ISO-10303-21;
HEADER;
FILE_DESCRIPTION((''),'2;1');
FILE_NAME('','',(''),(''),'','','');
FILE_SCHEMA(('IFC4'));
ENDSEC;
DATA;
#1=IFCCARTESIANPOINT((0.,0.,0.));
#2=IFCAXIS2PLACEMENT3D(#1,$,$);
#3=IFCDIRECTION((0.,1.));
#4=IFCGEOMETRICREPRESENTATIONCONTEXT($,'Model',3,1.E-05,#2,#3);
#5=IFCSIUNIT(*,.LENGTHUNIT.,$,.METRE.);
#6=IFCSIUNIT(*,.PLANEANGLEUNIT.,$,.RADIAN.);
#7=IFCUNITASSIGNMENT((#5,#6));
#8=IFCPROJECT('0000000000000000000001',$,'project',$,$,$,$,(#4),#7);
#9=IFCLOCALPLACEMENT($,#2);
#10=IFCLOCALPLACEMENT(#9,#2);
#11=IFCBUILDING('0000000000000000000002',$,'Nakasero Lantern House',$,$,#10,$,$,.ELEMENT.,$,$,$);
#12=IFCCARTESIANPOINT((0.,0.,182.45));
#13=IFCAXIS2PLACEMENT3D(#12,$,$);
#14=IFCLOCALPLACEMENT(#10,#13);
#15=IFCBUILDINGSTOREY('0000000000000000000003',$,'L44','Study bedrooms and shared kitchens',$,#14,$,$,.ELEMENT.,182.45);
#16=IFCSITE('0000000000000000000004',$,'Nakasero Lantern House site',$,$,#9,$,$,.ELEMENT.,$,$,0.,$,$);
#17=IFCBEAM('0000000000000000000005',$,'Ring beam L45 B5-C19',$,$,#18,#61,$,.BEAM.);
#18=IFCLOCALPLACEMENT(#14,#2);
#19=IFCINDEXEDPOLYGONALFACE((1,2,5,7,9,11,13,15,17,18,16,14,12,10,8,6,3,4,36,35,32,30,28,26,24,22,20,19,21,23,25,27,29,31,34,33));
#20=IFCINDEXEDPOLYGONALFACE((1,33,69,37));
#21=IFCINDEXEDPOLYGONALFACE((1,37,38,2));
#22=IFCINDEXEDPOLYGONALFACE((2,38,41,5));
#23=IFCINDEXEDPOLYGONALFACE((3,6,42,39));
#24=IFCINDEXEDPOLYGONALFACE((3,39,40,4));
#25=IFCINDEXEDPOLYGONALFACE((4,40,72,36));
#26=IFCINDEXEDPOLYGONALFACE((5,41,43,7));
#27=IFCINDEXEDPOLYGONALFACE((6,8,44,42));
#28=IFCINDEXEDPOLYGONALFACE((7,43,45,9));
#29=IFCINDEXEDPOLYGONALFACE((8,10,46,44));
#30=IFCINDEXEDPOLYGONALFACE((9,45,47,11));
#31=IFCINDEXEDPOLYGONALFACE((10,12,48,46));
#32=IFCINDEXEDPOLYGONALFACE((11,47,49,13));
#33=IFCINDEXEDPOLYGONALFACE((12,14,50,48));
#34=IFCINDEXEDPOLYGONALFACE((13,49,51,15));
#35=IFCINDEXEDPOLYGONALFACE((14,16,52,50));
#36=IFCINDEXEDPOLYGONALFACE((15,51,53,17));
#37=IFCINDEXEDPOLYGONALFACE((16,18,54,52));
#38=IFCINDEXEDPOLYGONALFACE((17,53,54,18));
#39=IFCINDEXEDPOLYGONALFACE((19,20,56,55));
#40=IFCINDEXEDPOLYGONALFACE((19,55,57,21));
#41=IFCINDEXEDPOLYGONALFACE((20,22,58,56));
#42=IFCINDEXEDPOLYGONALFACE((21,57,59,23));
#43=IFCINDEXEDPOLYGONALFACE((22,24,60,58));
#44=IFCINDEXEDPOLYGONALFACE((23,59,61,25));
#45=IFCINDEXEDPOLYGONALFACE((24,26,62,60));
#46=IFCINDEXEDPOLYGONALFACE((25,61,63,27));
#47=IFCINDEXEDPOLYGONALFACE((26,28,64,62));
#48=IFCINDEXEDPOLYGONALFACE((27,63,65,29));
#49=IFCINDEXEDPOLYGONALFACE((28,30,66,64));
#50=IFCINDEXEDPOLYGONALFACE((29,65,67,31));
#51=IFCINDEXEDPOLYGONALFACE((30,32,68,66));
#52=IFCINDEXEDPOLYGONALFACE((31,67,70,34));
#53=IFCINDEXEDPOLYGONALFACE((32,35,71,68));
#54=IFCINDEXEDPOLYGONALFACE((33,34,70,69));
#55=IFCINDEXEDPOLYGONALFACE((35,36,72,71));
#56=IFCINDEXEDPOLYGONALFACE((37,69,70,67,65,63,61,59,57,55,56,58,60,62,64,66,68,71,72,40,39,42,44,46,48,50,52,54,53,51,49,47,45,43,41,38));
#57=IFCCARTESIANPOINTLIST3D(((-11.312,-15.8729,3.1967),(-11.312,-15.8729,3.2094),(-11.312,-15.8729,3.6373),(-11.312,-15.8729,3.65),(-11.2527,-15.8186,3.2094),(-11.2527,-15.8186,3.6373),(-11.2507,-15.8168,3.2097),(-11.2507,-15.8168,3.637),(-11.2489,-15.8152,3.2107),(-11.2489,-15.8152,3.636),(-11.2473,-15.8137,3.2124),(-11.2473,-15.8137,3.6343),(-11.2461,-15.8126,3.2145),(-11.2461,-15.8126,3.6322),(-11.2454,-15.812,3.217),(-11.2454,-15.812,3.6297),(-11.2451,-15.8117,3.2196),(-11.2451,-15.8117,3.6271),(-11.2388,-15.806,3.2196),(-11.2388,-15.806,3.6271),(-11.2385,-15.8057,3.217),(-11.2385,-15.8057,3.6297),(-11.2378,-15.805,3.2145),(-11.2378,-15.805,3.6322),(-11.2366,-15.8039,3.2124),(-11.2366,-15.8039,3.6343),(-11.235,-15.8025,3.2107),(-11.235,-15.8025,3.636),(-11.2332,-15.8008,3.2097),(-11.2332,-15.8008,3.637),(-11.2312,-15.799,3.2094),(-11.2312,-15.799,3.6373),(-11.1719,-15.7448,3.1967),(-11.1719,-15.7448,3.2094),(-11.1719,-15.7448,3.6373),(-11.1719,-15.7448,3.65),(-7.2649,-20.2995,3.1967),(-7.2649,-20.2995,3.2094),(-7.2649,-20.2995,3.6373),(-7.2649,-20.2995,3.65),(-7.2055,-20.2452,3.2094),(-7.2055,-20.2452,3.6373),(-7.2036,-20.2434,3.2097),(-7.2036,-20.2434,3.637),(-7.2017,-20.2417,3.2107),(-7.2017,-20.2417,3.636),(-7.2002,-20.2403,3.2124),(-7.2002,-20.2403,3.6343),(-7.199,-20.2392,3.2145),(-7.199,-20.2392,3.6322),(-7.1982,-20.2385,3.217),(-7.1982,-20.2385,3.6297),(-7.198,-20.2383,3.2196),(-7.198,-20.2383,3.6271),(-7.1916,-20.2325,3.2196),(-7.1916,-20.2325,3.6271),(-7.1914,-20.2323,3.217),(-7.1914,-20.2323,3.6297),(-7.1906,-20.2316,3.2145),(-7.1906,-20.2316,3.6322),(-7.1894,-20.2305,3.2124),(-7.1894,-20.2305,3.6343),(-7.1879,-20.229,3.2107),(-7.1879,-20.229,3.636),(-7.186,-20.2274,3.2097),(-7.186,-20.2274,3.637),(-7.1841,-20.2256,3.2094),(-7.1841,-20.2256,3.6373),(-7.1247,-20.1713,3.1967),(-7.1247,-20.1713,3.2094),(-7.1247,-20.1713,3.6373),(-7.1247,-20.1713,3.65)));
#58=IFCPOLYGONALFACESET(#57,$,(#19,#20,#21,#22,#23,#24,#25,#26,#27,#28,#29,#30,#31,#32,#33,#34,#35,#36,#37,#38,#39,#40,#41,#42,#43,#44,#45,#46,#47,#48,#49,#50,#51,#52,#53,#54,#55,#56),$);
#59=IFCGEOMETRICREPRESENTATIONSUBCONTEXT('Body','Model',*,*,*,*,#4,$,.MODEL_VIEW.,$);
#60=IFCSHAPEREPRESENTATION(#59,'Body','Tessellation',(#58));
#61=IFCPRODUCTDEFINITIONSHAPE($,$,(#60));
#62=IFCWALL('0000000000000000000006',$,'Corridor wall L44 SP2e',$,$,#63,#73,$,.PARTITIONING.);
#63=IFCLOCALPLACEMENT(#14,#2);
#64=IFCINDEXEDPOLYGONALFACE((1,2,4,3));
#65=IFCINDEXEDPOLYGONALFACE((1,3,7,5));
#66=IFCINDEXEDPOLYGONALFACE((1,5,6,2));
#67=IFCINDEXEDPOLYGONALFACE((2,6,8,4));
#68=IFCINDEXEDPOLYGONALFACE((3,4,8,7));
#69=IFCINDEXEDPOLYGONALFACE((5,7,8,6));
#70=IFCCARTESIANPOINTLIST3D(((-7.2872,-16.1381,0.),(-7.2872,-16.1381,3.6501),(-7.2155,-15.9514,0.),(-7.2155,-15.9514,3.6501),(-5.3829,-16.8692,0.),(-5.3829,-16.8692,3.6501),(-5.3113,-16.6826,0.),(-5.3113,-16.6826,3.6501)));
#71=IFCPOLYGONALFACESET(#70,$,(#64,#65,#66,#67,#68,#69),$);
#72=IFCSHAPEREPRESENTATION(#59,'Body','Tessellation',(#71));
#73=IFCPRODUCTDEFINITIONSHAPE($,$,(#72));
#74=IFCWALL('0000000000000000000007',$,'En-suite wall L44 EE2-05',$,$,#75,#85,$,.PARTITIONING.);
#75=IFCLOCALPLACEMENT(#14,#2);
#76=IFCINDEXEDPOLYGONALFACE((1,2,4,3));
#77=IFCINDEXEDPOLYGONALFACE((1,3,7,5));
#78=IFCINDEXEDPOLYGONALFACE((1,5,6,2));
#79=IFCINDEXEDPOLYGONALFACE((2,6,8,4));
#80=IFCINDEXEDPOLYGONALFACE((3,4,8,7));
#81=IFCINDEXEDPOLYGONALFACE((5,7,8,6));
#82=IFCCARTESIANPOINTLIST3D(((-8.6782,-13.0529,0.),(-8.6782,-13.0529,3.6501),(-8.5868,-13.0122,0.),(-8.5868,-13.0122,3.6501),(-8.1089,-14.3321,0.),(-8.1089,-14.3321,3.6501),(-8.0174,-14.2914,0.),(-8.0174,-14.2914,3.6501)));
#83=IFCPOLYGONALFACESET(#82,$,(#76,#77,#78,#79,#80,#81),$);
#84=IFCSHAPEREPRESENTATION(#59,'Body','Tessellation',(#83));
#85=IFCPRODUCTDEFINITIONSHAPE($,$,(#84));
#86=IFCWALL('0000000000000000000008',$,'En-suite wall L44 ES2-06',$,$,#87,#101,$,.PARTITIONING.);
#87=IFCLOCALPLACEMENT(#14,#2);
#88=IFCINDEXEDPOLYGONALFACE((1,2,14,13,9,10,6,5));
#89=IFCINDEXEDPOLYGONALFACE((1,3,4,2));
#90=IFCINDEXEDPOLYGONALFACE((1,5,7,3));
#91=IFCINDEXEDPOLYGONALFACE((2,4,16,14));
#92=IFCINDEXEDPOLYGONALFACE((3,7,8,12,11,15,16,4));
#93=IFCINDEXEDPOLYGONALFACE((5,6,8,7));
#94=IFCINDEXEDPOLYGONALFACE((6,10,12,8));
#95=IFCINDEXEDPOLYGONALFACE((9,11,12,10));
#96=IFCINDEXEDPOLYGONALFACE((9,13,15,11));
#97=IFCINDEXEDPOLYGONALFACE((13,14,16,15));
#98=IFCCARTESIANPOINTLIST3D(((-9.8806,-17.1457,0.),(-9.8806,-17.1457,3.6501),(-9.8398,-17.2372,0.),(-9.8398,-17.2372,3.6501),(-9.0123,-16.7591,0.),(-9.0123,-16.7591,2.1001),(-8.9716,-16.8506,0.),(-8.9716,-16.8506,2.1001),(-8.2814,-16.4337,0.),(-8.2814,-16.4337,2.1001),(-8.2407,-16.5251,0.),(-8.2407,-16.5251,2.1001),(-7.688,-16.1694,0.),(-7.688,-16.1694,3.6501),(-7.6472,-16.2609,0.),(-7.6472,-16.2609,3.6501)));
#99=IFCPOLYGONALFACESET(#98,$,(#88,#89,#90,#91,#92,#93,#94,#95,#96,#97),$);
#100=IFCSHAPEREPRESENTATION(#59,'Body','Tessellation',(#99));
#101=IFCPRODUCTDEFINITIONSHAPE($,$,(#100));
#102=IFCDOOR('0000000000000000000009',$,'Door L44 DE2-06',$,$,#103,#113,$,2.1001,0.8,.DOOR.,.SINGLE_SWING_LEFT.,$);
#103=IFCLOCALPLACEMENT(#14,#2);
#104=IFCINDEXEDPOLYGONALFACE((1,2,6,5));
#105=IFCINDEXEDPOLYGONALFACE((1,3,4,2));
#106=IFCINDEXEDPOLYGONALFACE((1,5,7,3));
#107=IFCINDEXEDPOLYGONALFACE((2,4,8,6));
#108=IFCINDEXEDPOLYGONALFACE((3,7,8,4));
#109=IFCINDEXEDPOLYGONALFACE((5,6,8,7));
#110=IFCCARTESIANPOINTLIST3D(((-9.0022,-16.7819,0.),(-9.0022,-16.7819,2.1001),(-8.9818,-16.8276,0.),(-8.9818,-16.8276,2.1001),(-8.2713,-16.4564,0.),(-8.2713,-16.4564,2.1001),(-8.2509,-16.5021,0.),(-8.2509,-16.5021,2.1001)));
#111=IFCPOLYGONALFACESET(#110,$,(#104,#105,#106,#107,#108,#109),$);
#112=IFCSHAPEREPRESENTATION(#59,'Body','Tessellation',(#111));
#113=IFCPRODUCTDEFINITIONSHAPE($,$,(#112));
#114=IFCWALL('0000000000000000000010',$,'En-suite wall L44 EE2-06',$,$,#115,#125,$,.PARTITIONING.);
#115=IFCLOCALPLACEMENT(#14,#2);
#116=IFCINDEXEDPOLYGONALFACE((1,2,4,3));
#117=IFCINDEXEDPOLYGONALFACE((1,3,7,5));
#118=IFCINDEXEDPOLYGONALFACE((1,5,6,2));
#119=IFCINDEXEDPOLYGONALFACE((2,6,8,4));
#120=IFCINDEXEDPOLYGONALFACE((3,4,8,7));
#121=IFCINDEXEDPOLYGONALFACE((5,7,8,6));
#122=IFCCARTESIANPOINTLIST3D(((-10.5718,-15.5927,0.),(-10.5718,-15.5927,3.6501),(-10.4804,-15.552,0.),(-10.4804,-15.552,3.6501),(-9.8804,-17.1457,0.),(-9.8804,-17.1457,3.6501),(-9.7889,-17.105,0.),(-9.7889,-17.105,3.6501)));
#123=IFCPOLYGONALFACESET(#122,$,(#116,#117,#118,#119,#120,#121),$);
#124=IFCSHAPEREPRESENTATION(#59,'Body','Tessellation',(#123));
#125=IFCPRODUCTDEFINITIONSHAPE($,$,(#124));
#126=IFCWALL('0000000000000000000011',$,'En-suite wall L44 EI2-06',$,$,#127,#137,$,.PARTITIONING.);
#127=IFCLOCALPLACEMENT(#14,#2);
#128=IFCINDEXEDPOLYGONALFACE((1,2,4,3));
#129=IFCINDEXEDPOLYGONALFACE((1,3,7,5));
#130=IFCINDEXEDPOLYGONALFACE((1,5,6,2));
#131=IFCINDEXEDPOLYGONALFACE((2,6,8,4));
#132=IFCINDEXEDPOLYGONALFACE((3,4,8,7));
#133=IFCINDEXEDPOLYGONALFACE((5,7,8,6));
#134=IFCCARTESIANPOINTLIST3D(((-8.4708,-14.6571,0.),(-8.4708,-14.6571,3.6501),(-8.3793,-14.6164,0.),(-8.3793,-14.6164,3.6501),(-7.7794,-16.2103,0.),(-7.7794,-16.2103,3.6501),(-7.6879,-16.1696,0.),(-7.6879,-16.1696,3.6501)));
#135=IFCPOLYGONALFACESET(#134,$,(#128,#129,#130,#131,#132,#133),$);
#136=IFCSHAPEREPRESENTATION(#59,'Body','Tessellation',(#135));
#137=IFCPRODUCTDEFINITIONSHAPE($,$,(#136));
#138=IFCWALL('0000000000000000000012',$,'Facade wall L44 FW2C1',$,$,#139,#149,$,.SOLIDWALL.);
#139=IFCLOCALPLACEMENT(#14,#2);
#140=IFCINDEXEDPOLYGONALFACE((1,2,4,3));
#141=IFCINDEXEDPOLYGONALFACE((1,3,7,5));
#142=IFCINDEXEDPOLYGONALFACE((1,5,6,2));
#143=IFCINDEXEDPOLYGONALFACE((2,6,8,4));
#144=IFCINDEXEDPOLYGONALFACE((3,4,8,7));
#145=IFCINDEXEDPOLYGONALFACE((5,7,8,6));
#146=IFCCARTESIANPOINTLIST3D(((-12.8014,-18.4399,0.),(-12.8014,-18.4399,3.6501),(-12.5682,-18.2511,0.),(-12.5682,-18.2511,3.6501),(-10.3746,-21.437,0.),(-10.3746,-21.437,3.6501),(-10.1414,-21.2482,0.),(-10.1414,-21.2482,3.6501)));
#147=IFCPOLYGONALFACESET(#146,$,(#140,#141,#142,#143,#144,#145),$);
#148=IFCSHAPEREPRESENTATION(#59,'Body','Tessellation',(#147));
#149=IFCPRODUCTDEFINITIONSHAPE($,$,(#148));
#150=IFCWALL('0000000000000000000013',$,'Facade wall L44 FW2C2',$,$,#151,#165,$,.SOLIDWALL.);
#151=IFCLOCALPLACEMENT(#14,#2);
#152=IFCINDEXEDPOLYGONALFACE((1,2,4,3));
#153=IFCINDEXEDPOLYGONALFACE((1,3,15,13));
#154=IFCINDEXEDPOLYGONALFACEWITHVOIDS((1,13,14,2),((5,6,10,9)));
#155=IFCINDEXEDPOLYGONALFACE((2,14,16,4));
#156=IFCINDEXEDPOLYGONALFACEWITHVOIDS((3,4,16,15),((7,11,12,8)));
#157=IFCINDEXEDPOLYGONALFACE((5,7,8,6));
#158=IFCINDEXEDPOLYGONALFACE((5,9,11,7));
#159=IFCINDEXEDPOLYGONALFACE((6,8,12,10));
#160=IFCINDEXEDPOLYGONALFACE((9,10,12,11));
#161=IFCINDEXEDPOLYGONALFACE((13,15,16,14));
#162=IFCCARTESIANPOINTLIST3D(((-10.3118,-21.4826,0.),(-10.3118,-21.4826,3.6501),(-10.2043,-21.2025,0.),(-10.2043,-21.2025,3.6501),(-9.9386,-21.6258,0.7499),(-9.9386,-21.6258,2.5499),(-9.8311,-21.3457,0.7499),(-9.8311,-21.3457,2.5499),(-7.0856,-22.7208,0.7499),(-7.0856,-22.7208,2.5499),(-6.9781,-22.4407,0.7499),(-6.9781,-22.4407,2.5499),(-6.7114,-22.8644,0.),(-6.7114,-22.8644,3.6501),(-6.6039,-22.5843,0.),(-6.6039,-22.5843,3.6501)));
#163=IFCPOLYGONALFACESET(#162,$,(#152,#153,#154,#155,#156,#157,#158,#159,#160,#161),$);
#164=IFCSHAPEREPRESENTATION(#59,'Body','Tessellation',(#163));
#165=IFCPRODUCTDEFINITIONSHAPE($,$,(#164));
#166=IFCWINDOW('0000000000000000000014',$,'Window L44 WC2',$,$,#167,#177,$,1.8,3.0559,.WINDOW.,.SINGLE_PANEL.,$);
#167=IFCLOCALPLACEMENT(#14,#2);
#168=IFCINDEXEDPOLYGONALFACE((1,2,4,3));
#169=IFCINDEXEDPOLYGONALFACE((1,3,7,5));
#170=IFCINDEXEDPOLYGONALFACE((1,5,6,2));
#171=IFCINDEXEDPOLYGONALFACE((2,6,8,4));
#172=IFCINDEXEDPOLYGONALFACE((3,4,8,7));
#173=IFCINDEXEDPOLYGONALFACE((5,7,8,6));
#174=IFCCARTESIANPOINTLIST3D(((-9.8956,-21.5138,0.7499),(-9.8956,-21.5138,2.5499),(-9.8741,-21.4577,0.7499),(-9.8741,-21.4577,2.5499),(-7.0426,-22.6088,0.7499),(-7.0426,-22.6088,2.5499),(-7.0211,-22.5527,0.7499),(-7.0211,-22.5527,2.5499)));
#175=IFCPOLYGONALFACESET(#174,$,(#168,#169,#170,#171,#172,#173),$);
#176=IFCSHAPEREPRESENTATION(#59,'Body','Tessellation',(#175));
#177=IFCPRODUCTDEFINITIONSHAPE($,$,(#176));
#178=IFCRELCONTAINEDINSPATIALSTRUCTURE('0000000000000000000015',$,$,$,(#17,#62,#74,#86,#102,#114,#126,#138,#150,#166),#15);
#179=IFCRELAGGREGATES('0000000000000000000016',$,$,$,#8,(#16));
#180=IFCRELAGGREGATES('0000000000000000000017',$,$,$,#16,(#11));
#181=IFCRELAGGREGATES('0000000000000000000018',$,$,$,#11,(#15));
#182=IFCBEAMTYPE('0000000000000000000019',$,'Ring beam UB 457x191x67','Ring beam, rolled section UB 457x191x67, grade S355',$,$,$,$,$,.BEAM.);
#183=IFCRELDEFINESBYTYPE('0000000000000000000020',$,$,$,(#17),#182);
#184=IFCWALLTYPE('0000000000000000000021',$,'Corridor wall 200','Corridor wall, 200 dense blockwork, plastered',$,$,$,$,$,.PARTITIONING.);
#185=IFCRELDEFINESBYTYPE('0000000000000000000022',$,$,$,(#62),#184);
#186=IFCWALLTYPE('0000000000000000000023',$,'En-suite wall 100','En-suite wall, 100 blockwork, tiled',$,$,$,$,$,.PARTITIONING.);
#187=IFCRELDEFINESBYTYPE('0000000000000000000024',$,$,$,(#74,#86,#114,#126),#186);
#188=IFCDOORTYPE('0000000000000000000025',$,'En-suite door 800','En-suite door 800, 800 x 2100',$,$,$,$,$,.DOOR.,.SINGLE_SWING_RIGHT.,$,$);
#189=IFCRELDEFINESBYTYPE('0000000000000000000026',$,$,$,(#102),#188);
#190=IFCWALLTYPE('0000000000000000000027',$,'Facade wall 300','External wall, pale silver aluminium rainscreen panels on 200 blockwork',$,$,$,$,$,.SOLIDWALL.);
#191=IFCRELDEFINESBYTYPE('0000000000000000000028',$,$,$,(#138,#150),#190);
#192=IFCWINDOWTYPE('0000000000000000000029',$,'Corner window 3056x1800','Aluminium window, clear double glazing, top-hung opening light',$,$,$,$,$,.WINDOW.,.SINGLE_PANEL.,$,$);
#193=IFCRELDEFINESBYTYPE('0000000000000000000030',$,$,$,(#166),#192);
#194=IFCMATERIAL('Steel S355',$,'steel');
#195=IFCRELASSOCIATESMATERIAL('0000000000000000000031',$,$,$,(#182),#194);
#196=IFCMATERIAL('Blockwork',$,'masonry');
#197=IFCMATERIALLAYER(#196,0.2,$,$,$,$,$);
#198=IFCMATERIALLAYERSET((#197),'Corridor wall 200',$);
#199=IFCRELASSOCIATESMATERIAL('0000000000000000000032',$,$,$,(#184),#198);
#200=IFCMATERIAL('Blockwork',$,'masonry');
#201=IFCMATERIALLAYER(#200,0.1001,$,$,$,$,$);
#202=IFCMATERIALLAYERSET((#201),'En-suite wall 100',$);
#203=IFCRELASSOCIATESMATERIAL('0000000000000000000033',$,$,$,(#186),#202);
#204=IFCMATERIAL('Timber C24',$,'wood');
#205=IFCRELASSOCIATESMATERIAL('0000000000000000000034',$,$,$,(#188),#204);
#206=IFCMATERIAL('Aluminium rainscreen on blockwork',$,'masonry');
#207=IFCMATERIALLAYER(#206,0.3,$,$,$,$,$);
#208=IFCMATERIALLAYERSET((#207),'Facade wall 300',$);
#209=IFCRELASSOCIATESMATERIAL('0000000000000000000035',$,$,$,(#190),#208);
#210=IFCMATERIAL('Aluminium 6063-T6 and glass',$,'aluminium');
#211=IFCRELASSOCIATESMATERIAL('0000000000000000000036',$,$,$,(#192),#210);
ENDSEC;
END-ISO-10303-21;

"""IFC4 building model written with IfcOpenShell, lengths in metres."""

from ifc_helpers import new_model, si_unit, direction, frame, frame_2d, origin, origin_2d, place, context, subcontext, project, spatial, rectangle, i_section, extrude, material, layer, layer_set, material_profile, profile_set, type_object, element, fill, save


model = new_model("IFC4")

# Units and contexts
model_context = context("Model", 3, precision=1e-05, world=origin(), true_north=direction((0.0, 1.0)))
body_context = subcontext(model_context, "Body", "Model", "MODEL_VIEW")
ifc_project = project(units=[si_unit("LENGTHUNIT", "METRE"), si_unit("PLANEANGLEUNIT", "RADIAN")], contexts=[model_context])

# Site, building, storey
site_placement = place(None, origin())
site = spatial("IfcSite", under=ifc_project, at=site_placement, Name="Nakasero Lantern House site", CompositionType="ELEMENT", RefElevation=0.0)
building_placement = place(site_placement, origin())
building = spatial("IfcBuilding", under=site, at=building_placement, Name="Nakasero Lantern House", CompositionType="ELEMENT")
storey_placement = place(building_placement, frame((0.0, 0.0, 182.45)))
storey = spatial("IfcBuildingStorey", under=building, at=storey_placement, Name="L44", Description="Study bedrooms and shared kitchens", CompositionType="ELEMENT", Elevation=182.45)

# Beam
ifc_material_1 = material(Name="Steel S355", Category="steel")
ifc_material_profile_1 = material_profile(ifc_material_1, i_section(OverallWidth=0.1899, OverallDepth=0.4534, WebThickness=0.0085, FlangeThickness=0.0127, FilletRadius=0.0103, at=origin_2d()), Name="UB 457x191x67")
ifc_profile_set_1 = profile_set([ifc_material_profile_1], Name="Steel S355")
beam_type_1 = type_object("IfcBeamType", Name="Ring beam UB 457x191x67", Description="Ring beam, rolled section UB 457x191x67, grade S355", PredefinedType="BEAM", material=ifc_profile_set_1)
beam_1_placement = place(storey_placement, frame((-11.2419, -15.8088, 3.4233), z_axis=(0.674771, -0.738027, 0.0), x_axis=(0.738027, 0.674771, 0.0)))
element("IfcBeam", 1, at=beam_1_placement, inside=storey, type_object=beam_type_1, Name="Ring beam L45 B5-C19", PredefinedType="BEAM", context=body_context, shape_type="SweptSolid", body=[
    extrude(i_section(OverallWidth=0.1899, OverallDepth=0.4534, WebThickness=0.0085, FlangeThickness=0.0127, FilletRadius=0.0103, at=origin_2d()), origin(), (0.0, 0.0, 1.0), 5.9978),
])

# Walls
ifc_material_2 = material(Name="Blockwork", Category="masonry")
ifc_layer_1 = layer(ifc_material_2, 0.2)
ifc_layer_set_1 = layer_set([ifc_layer_1], Name="Corridor wall 200")
wall_type_1 = type_object("IfcWallType", Name="Corridor wall 200", Description="Corridor wall, 200 dense blockwork, plastered", PredefinedType="PARTITIONING", material=ifc_layer_set_1)
wall_1_placement = place(storey_placement, frame((-7.2515, -16.0447, 0.0), z_axis=(0.0, 0.0, 1.0), x_axis=(0.933546, -0.358458, 0.0)))
element("IfcWall", 2, at=wall_1_placement, inside=storey, type_object=wall_type_1, Name="Corridor wall L44 SP2e", PredefinedType="PARTITIONING", context=body_context, shape_type="SweptSolid", body=[
    extrude(rectangle(XDim=2.0398, YDim=0.2, at=frame_2d((1.02, 0.0))), origin(), (0.0, 0.0, 1.0), 3.6501),
])
ifc_material_3 = material(Name="Blockwork", Category="masonry")
ifc_layer_2 = layer(ifc_material_3, 0.1001)
ifc_layer_set_2 = layer_set([ifc_layer_2], Name="En-suite wall 100")
wall_type_2 = type_object("IfcWallType", Name="En-suite wall 100", Description="En-suite wall, 100 blockwork, tiled", PredefinedType="PARTITIONING", material=ifc_layer_set_2)
wall_2_placement = place(storey_placement, frame((-8.6326, -13.0325, 0.0), z_axis=(0.0, 0.0, 1.0), x_axis=(0.406656, -0.913581, 0.0)))
element("IfcWall", 3, at=wall_2_placement, inside=storey, type_object=wall_type_2, Name="En-suite wall L44 EE2-05", PredefinedType="PARTITIONING", context=body_context, shape_type="SweptSolid", body=[
    extrude(rectangle(XDim=1.4001, YDim=0.1001, at=frame_2d((0.7002, 0.0))), origin(), (0.0, 0.0, 1.0), 3.6501),
])

# Wall, opening, door
wall_3_placement = place(storey_placement, frame((-7.6675, -16.2151, 0.0), z_axis=(0.0, 0.0, 1.0), x_axis=(-0.91353, -0.406771, 0.0)))
wall_3 = element("IfcWall", 4, at=wall_3_placement, inside=storey, type_object=wall_type_2, Name="En-suite wall L44 ES2-06", PredefinedType="PARTITIONING", context=body_context, shape_type="SweptSolid", body=[
    extrude(rectangle(XDim=2.4001, YDim=0.1001, at=frame_2d((1.2002, 0.0))), origin(), (0.0, 0.0, 1.0), 3.6501),
])
opening_1_placement = place(wall_3_placement, frame((0.6499, 0.0, 0.0)))
opening_1 = element("IfcOpeningElement", 5, at=opening_1_placement, cuts=wall_3, PredefinedType="OPENING", context=body_context, shape_type="SweptSolid", body=[
    extrude(rectangle(XDim=0.8, YDim=2.1001, at=frame_2d((0.3999, 1.05))), frame((0.0, 0.0701, 0.0), z_axis=(0.0, -1.0, 0.0), x_axis=(1.0, 0.0, 0.0)), (0.0, 0.0, 1.0), 0.1401),
])
ifc_material_4 = material(Name="Timber C24", Category="wood")
door_type = type_object("IfcDoorType", Name="En-suite door 800", Description="En-suite door 800, 800 x 2100", OperationType="SINGLE_SWING_RIGHT", PredefinedType="DOOR", material=ifc_material_4)
door_placement = place(opening_1_placement, origin())
door = element("IfcDoor", 6, at=door_placement, inside=storey, type_object=door_type, Name="Door L44 DE2-06", OperationType="SINGLE_SWING_LEFT", OverallHeight=2.1001, OverallWidth=0.8, PredefinedType="DOOR", context=body_context, shape_type="SweptSolid", body=[
    extrude(rectangle(XDim=0.8, YDim=2.1001, at=frame_2d((0.3999, 1.05))), frame((0.0, 0.0249, 0.0), z_axis=(0.0, -1.0, 0.0), x_axis=(1.0, 0.0, 0.0)), (0.0, 0.0, 1.0), 0.05),
])
fill(opening_1, door)

# Walls
wall_4_placement = place(storey_placement, frame((-10.5261, -15.5723, 0.0), z_axis=(0.0, 0.0, 1.0), x_axis=(0.406725, -0.913551, 0.0)))
element("IfcWall", 7, at=wall_4_placement, inside=storey, type_object=wall_type_2, Name="En-suite wall L44 EE2-06", PredefinedType="PARTITIONING", context=body_context, shape_type="SweptSolid", body=[
    extrude(rectangle(XDim=1.7, YDim=0.1001, at=frame_2d((0.8501, 0.0))), origin(), (0.0, 0.0, 1.0), 3.6501),
])
wall_5_placement = place(storey_placement, frame((-8.425, -14.6367, 0.0), z_axis=(0.0, 0.0, 1.0), x_axis=(0.406671, -0.913575, 0.0)))
element("IfcWall", 8, at=wall_5_placement, inside=storey, type_object=wall_type_2, Name="En-suite wall L44 EI2-06", PredefinedType="PARTITIONING", context=body_context, shape_type="SweptSolid", body=[
    extrude(rectangle(XDim=1.7002, YDim=0.1001, at=frame_2d((0.8501, 0.0))), origin(), (0.0, 0.0, 1.0), 3.6501),
])
ifc_material_5 = material(Name="Aluminium rainscreen on blockwork", Category="masonry")
ifc_layer_3 = layer(ifc_material_5, 0.3)
ifc_layer_set_3 = layer_set([ifc_layer_3], Name="Facade wall 300")
wall_type_3 = type_object("IfcWallType", Name="Facade wall 300", Description="External wall, pale silver aluminium rainscreen panels on 200 blockwork", PredefinedType="SOLIDWALL", material=ifc_layer_set_3)
wall_6_placement = place(storey_placement, frame((-12.6848, -18.3455, 0.0), z_axis=(0.0, 0.0, 1.0), x_axis=(0.629286, -0.777174, 0.0)))
element("IfcWall", 9, at=wall_6_placement, inside=storey, type_object=wall_type_3, Name="Facade wall L44 FW2C1", PredefinedType="SOLIDWALL", context=body_context, shape_type="SweptSolid", body=[
    extrude(rectangle(XDim=3.8564, YDim=0.3, at=frame_2d((1.9282, 0.0))), origin(), (0.0, 0.0, 1.0), 3.6501),
])

# Wall, opening, window
wall_7_placement = place(storey_placement, frame((-10.2581, -21.3425, 0.0), z_axis=(0.0, 0.0, 1.0), x_axis=(0.933598, -0.358321, 0.0)))
wall_7 = element("IfcWall", 10, at=wall_7_placement, inside=storey, type_object=wall_type_3, Name="Facade wall L44 FW2C2", PredefinedType="SOLIDWALL", context=body_context, shape_type="SweptSolid", body=[
    extrude(rectangle(XDim=3.8564, YDim=0.3, at=frame_2d((1.9282, 0.0))), origin(), (0.0, 0.0, 1.0), 3.6501),
])
opening_2_placement = place(wall_7_placement, frame((0.3999, 0.0, 0.75)))
opening_2 = element("IfcOpeningElement", 11, at=opening_2_placement, cuts=wall_7, PredefinedType="OPENING", context=body_context, shape_type="SweptSolid", body=[
    extrude(rectangle(XDim=3.0559, YDim=1.8, at=frame_2d((1.5278, 0.8999))), frame((0.0, 0.1699, 0.0), z_axis=(0.0, -1.0, 0.0), x_axis=(1.0, 0.0, 0.0)), (0.0, 0.0, 1.0), 0.3401),
])
ifc_material_6 = material(Name="Aluminium 6063-T6 and glass", Category="aluminium")
window_type = type_object("IfcWindowType", Name="Corner window 3056x1800", Description="Aluminium window, clear double glazing, top-hung opening light", PartitioningType="SINGLE_PANEL", PredefinedType="WINDOW", material=ifc_material_6)
window_placement = place(opening_2_placement, origin())
window = element("IfcWindow", 12, at=window_placement, inside=storey, type_object=window_type, Name="Window L44 WC2", OverallHeight=1.8, OverallWidth=3.0559, PartitioningType="SINGLE_PANEL", PredefinedType="WINDOW", context=body_context, shape_type="SweptSolid", body=[
    extrude(rectangle(XDim=3.0559, YDim=1.8, at=frame_2d((1.5278, 0.8999))), frame((0.0, 0.03, 0.0), z_axis=(0.0, -1.0, 0.0), x_axis=(1.0, 0.0, 0.0)), (0.0, 0.0, 1.0), 0.0601),
])
fill(opening_2, window)

save(model, "model.ifc")
